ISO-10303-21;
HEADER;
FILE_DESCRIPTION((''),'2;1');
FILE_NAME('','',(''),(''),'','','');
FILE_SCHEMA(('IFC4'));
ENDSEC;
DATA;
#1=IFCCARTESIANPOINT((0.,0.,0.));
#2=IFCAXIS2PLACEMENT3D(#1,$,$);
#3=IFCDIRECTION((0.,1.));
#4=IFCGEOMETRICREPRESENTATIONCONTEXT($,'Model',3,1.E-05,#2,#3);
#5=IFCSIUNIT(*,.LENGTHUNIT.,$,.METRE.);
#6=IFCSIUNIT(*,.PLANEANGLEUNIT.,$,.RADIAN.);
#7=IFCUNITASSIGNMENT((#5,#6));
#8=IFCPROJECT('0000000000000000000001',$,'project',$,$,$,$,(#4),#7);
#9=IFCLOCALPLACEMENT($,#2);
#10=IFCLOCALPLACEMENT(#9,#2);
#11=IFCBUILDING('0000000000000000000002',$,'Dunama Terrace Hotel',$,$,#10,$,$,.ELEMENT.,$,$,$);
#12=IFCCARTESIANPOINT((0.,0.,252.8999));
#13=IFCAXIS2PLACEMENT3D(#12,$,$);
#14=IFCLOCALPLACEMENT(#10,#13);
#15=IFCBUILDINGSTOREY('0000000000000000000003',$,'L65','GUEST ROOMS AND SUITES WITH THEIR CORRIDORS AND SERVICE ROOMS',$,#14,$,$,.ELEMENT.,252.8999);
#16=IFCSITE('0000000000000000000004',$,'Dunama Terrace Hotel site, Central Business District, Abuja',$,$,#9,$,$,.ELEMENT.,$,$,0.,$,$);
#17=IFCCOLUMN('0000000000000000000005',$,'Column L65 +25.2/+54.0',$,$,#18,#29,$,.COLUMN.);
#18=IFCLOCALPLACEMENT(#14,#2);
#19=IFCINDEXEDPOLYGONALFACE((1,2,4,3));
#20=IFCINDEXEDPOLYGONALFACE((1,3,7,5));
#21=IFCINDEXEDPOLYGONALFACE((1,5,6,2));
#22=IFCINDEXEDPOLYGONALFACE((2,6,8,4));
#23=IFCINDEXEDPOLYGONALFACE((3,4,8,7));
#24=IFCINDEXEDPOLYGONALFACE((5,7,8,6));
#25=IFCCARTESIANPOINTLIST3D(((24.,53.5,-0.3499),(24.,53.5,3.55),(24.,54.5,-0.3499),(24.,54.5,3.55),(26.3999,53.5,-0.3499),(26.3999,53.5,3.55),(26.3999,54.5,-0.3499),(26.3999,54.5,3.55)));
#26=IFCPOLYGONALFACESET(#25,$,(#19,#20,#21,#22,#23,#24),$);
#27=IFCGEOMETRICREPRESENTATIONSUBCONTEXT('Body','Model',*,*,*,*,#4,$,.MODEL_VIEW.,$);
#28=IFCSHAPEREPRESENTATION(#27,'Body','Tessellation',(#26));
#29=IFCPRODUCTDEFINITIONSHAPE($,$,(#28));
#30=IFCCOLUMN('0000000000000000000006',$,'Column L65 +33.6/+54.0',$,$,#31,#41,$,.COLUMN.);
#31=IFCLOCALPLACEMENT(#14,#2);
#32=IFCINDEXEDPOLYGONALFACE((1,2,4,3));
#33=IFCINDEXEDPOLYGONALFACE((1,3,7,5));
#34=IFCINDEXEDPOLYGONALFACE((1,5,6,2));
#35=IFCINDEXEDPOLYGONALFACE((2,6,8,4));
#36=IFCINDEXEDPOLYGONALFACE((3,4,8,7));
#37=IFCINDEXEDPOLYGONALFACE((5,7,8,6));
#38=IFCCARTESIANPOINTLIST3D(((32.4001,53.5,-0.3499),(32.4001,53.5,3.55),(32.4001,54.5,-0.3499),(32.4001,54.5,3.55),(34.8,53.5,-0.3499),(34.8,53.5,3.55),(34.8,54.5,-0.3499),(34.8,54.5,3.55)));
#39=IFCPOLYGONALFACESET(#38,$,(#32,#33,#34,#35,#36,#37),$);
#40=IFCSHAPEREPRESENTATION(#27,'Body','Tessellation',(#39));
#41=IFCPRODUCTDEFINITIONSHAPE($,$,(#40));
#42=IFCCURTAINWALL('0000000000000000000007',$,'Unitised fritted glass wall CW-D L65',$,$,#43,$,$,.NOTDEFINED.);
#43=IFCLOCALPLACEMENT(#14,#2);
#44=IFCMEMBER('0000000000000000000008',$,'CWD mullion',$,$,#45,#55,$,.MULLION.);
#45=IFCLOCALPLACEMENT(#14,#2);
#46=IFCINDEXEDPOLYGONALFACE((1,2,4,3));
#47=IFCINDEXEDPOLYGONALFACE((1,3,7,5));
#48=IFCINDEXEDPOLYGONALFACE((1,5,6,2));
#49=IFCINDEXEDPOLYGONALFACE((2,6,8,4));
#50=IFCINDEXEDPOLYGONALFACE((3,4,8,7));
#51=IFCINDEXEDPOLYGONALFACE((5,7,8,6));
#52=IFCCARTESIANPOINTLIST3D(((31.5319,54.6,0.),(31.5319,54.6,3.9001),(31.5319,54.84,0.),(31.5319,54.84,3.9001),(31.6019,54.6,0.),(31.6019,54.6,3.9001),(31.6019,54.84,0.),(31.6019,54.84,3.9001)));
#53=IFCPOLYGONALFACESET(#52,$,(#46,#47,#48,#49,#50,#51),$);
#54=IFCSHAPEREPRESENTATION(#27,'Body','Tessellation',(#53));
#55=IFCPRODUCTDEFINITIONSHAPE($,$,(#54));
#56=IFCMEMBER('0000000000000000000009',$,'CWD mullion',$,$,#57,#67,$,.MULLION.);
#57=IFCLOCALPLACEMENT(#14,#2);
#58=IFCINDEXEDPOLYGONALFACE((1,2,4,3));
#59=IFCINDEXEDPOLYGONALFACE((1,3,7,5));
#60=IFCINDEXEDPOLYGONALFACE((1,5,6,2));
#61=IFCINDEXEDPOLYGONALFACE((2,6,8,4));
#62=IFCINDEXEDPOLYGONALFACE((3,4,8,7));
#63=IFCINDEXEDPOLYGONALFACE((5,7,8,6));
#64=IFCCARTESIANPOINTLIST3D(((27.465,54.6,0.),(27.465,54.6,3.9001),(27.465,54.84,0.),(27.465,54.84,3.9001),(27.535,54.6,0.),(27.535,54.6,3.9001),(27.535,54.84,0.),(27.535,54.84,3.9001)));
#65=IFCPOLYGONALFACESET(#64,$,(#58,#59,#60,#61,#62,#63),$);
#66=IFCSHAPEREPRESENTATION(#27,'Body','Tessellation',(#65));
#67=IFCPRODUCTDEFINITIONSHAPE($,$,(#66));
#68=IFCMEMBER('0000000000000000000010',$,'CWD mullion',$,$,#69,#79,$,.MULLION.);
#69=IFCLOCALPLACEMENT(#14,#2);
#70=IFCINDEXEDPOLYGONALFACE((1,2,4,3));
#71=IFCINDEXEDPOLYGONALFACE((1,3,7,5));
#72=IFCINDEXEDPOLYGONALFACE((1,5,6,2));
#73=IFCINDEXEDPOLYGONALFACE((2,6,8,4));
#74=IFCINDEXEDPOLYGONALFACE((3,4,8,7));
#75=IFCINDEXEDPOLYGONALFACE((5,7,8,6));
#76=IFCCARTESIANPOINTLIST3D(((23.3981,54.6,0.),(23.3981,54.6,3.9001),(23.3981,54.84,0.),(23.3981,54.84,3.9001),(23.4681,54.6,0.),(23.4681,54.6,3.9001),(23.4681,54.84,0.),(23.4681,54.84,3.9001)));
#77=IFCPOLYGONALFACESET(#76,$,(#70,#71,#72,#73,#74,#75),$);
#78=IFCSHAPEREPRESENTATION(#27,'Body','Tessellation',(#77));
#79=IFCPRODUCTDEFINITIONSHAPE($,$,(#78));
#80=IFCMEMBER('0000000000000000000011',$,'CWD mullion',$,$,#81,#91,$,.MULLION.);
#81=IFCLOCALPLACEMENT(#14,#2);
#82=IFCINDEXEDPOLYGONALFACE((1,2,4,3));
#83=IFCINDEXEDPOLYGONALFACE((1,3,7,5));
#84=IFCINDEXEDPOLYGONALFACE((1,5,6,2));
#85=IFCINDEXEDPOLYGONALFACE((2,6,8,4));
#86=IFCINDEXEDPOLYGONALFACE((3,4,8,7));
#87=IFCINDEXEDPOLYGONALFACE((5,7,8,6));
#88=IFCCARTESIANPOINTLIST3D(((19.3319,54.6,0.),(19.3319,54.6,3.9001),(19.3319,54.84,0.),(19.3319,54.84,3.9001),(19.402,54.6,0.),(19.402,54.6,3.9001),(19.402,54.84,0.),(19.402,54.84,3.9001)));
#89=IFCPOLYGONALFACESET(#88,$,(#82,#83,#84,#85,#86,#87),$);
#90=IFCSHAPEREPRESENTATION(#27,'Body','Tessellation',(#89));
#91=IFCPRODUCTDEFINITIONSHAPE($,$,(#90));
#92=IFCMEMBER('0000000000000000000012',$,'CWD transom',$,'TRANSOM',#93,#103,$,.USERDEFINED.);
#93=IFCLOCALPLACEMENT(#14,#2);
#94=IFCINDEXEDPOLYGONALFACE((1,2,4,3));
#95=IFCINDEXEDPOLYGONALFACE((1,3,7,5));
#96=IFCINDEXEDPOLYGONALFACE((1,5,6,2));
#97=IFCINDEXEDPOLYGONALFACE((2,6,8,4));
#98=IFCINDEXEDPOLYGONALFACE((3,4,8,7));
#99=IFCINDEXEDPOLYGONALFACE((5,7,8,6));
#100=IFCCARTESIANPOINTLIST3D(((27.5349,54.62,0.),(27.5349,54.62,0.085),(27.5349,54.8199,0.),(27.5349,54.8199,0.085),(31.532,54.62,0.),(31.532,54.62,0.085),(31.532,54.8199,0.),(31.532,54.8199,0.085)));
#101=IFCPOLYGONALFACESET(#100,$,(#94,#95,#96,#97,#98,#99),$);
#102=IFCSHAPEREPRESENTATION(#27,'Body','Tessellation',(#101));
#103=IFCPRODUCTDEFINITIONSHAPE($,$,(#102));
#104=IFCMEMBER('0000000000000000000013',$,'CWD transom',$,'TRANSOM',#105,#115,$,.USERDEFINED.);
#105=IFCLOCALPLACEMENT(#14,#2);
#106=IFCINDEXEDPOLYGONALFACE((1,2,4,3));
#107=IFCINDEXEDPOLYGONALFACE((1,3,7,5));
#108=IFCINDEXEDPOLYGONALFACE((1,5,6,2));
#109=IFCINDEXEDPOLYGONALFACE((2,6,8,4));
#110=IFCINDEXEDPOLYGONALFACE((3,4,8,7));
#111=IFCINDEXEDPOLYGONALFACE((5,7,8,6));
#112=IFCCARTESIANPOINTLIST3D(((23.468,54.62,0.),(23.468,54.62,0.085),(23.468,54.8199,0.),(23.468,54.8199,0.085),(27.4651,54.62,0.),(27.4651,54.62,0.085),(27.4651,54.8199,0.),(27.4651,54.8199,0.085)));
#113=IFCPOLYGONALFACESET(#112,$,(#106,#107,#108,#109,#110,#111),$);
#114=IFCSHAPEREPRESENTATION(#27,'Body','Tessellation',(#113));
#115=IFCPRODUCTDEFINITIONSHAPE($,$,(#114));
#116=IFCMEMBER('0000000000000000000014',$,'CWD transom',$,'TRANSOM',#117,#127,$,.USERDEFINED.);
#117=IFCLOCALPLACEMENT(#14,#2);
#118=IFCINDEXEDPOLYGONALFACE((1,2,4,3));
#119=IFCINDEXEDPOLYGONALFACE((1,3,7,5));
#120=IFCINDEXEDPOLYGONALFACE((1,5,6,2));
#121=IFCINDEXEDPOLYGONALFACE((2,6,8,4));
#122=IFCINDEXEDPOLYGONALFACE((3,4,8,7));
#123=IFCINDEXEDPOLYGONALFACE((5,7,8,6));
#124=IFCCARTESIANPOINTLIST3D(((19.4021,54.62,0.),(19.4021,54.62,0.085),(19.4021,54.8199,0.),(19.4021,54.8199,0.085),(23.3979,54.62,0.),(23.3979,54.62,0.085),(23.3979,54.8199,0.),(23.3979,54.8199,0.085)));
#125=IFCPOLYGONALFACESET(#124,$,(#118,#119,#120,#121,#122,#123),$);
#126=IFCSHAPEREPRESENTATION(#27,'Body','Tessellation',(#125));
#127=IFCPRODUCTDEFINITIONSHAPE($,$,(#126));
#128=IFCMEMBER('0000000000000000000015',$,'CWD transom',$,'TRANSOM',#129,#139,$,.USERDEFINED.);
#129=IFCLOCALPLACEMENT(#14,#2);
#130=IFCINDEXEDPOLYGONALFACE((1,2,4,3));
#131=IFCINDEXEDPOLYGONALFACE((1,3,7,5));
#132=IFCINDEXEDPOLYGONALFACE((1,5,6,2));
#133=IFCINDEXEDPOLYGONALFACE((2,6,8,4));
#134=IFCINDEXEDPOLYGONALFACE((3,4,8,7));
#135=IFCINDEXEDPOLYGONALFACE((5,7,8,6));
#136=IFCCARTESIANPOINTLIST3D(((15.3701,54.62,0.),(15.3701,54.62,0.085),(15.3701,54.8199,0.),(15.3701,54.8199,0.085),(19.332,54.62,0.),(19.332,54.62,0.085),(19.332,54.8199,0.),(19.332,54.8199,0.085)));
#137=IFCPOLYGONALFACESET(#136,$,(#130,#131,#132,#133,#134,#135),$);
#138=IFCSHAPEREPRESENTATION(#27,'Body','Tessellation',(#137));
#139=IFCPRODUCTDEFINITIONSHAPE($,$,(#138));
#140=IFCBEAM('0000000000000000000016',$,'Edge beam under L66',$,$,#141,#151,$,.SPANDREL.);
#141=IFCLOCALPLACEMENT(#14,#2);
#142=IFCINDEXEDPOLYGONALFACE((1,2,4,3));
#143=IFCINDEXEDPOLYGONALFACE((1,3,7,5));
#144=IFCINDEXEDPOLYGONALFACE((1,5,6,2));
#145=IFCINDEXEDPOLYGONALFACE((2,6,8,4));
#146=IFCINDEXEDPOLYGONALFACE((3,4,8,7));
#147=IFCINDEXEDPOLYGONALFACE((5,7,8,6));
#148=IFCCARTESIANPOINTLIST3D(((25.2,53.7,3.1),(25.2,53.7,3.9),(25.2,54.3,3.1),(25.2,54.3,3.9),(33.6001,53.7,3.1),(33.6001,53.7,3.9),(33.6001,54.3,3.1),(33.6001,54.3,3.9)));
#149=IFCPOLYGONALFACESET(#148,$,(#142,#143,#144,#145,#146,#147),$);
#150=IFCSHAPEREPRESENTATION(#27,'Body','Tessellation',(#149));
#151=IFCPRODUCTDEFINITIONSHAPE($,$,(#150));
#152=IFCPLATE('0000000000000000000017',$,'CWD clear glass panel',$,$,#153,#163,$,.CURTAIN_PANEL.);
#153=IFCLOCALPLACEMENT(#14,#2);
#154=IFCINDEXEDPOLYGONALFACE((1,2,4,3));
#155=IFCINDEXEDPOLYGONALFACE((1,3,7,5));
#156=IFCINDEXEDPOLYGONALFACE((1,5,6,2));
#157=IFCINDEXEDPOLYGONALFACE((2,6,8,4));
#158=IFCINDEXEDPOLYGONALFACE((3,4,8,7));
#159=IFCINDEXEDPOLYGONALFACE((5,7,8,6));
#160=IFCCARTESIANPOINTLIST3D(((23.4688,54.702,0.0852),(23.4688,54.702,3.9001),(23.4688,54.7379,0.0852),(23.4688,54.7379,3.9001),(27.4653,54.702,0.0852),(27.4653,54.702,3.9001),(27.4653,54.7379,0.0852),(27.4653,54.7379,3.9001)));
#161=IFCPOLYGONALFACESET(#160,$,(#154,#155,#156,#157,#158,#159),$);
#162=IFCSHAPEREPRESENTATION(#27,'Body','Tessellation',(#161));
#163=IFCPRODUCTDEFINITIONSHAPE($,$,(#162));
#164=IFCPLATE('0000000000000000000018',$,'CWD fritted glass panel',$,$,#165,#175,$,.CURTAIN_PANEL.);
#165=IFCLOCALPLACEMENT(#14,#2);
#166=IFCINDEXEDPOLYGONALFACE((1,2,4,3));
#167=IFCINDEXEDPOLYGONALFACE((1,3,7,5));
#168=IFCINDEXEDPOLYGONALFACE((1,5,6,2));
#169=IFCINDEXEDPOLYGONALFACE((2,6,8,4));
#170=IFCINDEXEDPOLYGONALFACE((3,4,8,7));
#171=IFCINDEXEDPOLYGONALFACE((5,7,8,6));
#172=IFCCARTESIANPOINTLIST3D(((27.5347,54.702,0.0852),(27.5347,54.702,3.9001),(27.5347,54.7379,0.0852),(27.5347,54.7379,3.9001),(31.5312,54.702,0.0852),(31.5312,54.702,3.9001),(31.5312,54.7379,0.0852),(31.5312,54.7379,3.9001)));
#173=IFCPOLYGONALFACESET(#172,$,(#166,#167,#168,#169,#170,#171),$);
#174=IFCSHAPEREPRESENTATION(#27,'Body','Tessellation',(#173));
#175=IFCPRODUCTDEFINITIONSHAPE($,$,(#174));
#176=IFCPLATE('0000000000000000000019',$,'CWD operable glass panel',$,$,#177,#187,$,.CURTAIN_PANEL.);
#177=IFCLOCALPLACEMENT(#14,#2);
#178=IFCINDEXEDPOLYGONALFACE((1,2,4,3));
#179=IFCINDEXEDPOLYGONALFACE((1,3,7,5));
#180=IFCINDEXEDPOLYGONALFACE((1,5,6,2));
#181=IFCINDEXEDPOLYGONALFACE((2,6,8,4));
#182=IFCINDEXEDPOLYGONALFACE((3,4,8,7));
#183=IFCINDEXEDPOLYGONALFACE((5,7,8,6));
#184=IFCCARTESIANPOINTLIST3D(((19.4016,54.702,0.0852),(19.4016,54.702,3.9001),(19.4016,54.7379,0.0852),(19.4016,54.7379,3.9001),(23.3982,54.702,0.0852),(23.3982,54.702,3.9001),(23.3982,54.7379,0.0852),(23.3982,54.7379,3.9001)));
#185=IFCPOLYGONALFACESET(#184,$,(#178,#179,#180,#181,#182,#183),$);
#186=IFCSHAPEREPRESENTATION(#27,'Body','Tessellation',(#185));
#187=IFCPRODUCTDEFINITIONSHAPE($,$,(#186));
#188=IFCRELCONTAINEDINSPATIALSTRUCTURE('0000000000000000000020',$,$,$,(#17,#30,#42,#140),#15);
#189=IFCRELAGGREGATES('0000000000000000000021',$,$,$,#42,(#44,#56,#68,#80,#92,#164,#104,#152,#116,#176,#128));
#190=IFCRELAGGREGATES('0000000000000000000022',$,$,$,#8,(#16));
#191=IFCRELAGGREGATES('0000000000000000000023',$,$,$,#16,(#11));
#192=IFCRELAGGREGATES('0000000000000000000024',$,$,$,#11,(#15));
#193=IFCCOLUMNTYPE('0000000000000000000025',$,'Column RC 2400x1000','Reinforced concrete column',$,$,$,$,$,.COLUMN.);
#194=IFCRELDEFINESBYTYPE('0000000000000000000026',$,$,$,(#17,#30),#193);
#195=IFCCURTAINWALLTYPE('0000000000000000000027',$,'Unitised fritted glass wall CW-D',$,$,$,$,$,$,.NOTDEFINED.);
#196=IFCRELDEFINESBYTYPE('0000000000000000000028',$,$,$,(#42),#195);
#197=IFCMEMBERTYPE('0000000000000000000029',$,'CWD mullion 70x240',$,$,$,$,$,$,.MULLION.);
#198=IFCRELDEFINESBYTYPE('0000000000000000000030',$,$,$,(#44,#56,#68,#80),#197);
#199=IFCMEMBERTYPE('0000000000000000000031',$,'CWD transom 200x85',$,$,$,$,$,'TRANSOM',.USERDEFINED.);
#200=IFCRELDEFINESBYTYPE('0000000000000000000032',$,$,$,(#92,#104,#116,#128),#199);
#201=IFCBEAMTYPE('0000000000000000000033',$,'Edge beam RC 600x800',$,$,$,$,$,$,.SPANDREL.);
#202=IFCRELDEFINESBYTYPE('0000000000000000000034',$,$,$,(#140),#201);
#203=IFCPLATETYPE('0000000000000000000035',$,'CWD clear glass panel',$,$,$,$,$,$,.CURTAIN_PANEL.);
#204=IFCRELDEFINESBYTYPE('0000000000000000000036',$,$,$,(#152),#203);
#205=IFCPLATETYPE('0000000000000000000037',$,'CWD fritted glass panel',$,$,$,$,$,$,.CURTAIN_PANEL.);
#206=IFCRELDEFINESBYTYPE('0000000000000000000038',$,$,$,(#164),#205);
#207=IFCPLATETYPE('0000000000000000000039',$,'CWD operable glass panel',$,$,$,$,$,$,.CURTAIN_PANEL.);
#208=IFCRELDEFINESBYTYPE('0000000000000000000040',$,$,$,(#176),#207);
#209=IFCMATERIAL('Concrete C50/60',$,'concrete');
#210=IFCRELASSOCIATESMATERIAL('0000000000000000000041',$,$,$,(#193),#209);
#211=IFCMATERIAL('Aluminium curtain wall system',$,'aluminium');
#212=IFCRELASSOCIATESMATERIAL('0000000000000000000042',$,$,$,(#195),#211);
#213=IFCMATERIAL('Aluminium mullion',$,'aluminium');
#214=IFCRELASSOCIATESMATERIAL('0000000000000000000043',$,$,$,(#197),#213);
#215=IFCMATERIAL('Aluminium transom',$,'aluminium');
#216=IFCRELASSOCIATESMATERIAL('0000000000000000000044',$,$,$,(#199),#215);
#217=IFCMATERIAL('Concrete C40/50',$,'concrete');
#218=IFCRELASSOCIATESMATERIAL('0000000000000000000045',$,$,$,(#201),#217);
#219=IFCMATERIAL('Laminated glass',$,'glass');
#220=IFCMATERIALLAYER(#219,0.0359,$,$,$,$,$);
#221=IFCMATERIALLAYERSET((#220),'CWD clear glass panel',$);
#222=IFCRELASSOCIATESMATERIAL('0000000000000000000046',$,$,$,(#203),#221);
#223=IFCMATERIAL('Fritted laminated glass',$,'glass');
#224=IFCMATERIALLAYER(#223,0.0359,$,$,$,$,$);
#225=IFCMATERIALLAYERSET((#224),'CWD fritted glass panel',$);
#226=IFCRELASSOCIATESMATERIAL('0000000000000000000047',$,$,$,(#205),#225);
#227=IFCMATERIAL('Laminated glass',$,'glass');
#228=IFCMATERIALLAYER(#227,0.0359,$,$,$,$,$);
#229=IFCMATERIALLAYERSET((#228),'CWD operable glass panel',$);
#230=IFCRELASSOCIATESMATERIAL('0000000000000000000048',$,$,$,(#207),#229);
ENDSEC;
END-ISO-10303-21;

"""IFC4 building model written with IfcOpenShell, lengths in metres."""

from ifc_helpers import new_model, si_unit, direction, frame, origin, origin_2d, place, context, subcontext, project, spatial, rectangle, extrude, material, layer, layer_set, material_profile, profile_set, type_object, element, aggregate, save


model = new_model("IFC4")

# Units and contexts
model_context = context("Model", 3, precision=1e-05, world=origin(), true_north=direction((0.0, 1.0)))
body_context = subcontext(model_context, "Body", "Model", "MODEL_VIEW")
ifc_project = project(units=[si_unit("LENGTHUNIT", "METRE"), si_unit("PLANEANGLEUNIT", "RADIAN")], contexts=[model_context])

# Site, building, storey
site_placement = place(None, origin())
site = spatial("IfcSite", under=ifc_project, at=site_placement, Name="Dunama Terrace Hotel site, Central Business District, Abuja", CompositionType="ELEMENT", RefElevation=0.0)
building_placement = place(site_placement, origin())
building = spatial("IfcBuilding", under=site, at=building_placement, Name="Dunama Terrace Hotel", CompositionType="ELEMENT")
storey_placement = place(building_placement, frame((0.0, 0.0, 252.8999)))
storey = spatial("IfcBuildingStorey", under=building, at=storey_placement, Name="L65", Description="GUEST ROOMS AND SUITES WITH THEIR CORRIDORS AND SERVICE ROOMS", CompositionType="ELEMENT", Elevation=252.8999)

# Columns
ifc_material_1 = material(Name="Concrete C50/60", Category="concrete")
ifc_material_profile_1 = material_profile(ifc_material_1, rectangle(XDim=2.3999, YDim=1.0, at=origin_2d()), Name="RC 2400x1000")
ifc_profile_set_1 = profile_set([ifc_material_profile_1], Name="Concrete C50/60")
column_type = type_object("IfcColumnType", Name="Column RC 2400x1000", Description="Reinforced concrete column", PredefinedType="COLUMN", material=ifc_profile_set_1)
for number, where, z_axis, x_axis, name in (
    (1, (25.2, 54.0, -0.3499), (0.0, 0.0, 1.0), (1.0, 0.0, 0.0), "Column L65 +25.2/+54.0"),
    (2, (33.6001, 54.0, -0.3499), (0.0, 0.0, 1.0), (1.0, 0.0, 0.0), "Column L65 +33.6/+54.0"),
):
    element("IfcColumn", number, at=place(storey_placement, frame(where, z_axis=z_axis, x_axis=x_axis)), inside=storey, type_object=column_type, Name=name, PredefinedType="COLUMN", context=body_context, shape_type="SweptSolid", body=[
        extrude(rectangle(XDim=2.3999, YDim=1.0, at=origin_2d()), origin(), (0.0, 0.0, 1.0), 3.8999),
    ])

# Curtain wall, members
ifc_material_2 = material(Name="Aluminium curtain wall system", Category="aluminium")
curtain_wall_type = type_object("IfcCurtainWallType", Name="Unitised fritted glass wall CW-D", PredefinedType="NOTDEFINED", material=ifc_material_2)
curtain_wall_placement = place(storey_placement, origin())
curtain_wall = element("IfcCurtainWall", 3, at=curtain_wall_placement, inside=storey, type_object=curtain_wall_type, Name="Unitised fritted glass wall CW-D L65", PredefinedType="NOTDEFINED")
ifc_material_3 = material(Name="Aluminium mullion", Category="aluminium")
ifc_material_profile_2 = material_profile(ifc_material_3, rectangle(XDim=0.0701, YDim=0.24, at=origin_2d()), Name="CWD MULLION 70X240")
ifc_profile_set_2 = profile_set([ifc_material_profile_2], Name="Aluminium mullion")
member_type_1 = type_object("IfcMemberType", Name="CWD mullion 70x240", PredefinedType="MULLION", material=ifc_profile_set_2)
member_1_placement = place(storey_placement, frame((31.5669, 54.72, 0.0), z_axis=(0.0, 0.0, 1.0), x_axis=(-1.0, 0.0, 0.0)))
member_1 = element("IfcMember", 4, at=member_1_placement, type_object=member_type_1, Name="CWD mullion", PredefinedType="MULLION", context=body_context, shape_type="SweptSolid", body=[
    extrude(rectangle(XDim=0.0701, YDim=0.24, at=origin_2d()), origin(), (0.0, 0.0, 1.0), 3.9001),
])
member_2_placement = place(storey_placement, frame((27.5, 54.72, 0.0), z_axis=(0.0, 0.0, 1.0), x_axis=(-1.0, 0.0, 0.0)))
member_2 = element("IfcMember", 5, at=member_2_placement, type_object=member_type_1, Name="CWD mullion", PredefinedType="MULLION", context=body_context, shape_type="SweptSolid", body=[
    extrude(rectangle(XDim=0.0701, YDim=0.24, at=origin_2d()), origin(), (0.0, 0.0, 1.0), 3.9001),
])
member_3_placement = place(storey_placement, frame((23.4331, 54.72, 0.0), z_axis=(0.0, 0.0, 1.0), x_axis=(-1.0, 0.0, 0.0)))
member_3 = element("IfcMember", 6, at=member_3_placement, type_object=member_type_1, Name="CWD mullion", PredefinedType="MULLION", context=body_context, shape_type="SweptSolid", body=[
    extrude(rectangle(XDim=0.0701, YDim=0.24, at=origin_2d()), origin(), (0.0, 0.0, 1.0), 3.9001),
])
member_4_placement = place(storey_placement, frame((19.3669, 54.72, 0.0), z_axis=(0.0, 0.0, 1.0), x_axis=(-1.0, 0.0, 0.0)))
member_4 = element("IfcMember", 7, at=member_4_placement, type_object=member_type_1, Name="CWD mullion", PredefinedType="MULLION", context=body_context, shape_type="SweptSolid", body=[
    extrude(rectangle(XDim=0.0701, YDim=0.24, at=origin_2d()), origin(), (0.0, 0.0, 1.0), 3.9001),
])
ifc_material_4 = material(Name="Aluminium transom", Category="aluminium")
ifc_material_profile_3 = material_profile(ifc_material_4, rectangle(XDim=0.2, YDim=0.085, at=origin_2d()), Name="CWD TRANSOM 200X85")
ifc_profile_set_3 = profile_set([ifc_material_profile_3], Name="Aluminium transom")
member_type_2 = type_object("IfcMemberType", Name="CWD transom 200x85", ElementType="TRANSOM", PredefinedType="USERDEFINED", material=ifc_profile_set_3)
member_5_placement = place(storey_placement, frame((31.532, 54.72, 0.0425), z_axis=(-1.0, 0.0, 0.0), x_axis=(0.0, -1.0, 0.0)))
member_5 = element("IfcMember", 8, at=member_5_placement, type_object=member_type_2, Name="CWD transom", ObjectType="TRANSOM", PredefinedType="USERDEFINED", context=body_context, shape_type="SweptSolid", body=[
    extrude(rectangle(XDim=0.2, YDim=0.085, at=origin_2d()), origin(), (0.0, 0.0, 1.0), 3.9971),
])
member_6_placement = place(storey_placement, frame((27.4651, 54.72, 0.0425), z_axis=(-1.0, 0.0, 0.0), x_axis=(0.0, -1.0, 0.0)))
member_6 = element("IfcMember", 9, at=member_6_placement, type_object=member_type_2, Name="CWD transom", ObjectType="TRANSOM", PredefinedType="USERDEFINED", context=body_context, shape_type="SweptSolid", body=[
    extrude(rectangle(XDim=0.2, YDim=0.085, at=origin_2d()), origin(), (0.0, 0.0, 1.0), 3.9971),
])
member_7_placement = place(storey_placement, frame((23.3979, 54.72, 0.0425), z_axis=(-1.0, 0.0, 0.0), x_axis=(0.0, -1.0, 0.0)))
member_7 = element("IfcMember", 10, at=member_7_placement, type_object=member_type_2, Name="CWD transom", ObjectType="TRANSOM", PredefinedType="USERDEFINED", context=body_context, shape_type="SweptSolid", body=[
    extrude(rectangle(XDim=0.2, YDim=0.085, at=origin_2d()), origin(), (0.0, 0.0, 1.0), 3.9958),
])
member_8_placement = place(storey_placement, frame((19.332, 54.72, 0.0425), z_axis=(-1.0, 0.0, 0.0), x_axis=(0.0, -1.0, 0.0)))
member_8 = element("IfcMember", 11, at=member_8_placement, type_object=member_type_2, Name="CWD transom", ObjectType="TRANSOM", PredefinedType="USERDEFINED", context=body_context, shape_type="SweptSolid", body=[
    extrude(rectangle(XDim=0.2, YDim=0.085, at=origin_2d()), origin(), (0.0, 0.0, 1.0), 3.9619),
])

# Beam
ifc_material_5 = material(Name="Concrete C40/50", Category="concrete")
ifc_material_profile_4 = material_profile(ifc_material_5, rectangle(XDim=0.6001, YDim=0.8, at=origin_2d()), Name="RC 600x800")
ifc_profile_set_4 = profile_set([ifc_material_profile_4], Name="Concrete C40/50")
beam_type = type_object("IfcBeamType", Name="Edge beam RC 600x800", PredefinedType="SPANDREL", material=ifc_profile_set_4)
beam_placement = place(storey_placement, frame((25.2, 54.0, 3.5), z_axis=(1.0, 0.0, 0.0), x_axis=(0.0, 1.0, 0.0)))
element("IfcBeam", 12, at=beam_placement, inside=storey, type_object=beam_type, Name="Edge beam under L66", PredefinedType="SPANDREL", context=body_context, shape_type="SweptSolid", body=[
    extrude(rectangle(XDim=0.6001, YDim=0.8, at=origin_2d()), origin(), (0.0, 0.0, 1.0), 8.4001),
])

# Plates
ifc_material_6 = material(Name="Laminated glass", Category="glass")
ifc_layer_1 = layer(ifc_material_6, 0.0359)
ifc_layer_set_1 = layer_set([ifc_layer_1], Name="CWD clear glass panel")
plate_type_1 = type_object("IfcPlateType", Name="CWD clear glass panel", PredefinedType="CURTAIN_PANEL", material=ifc_layer_set_1)
plate_1_placement = place(storey_placement, frame((25.467, 54.72, 0.0852), z_axis=(0.0, 0.0, 1.0), x_axis=(-1.0, 0.0, 0.0)))
plate_1 = element("IfcPlate", 13, at=plate_1_placement, type_object=plate_type_1, Name="CWD clear glass panel", PredefinedType="CURTAIN_PANEL", context=body_context, shape_type="SweptSolid", body=[
    extrude(rectangle(XDim=3.9966, YDim=0.0359, at=origin_2d()), origin(), (0.0, 0.0, 1.0), 3.8149),
])
ifc_material_7 = material(Name="Fritted laminated glass", Category="glass")
ifc_layer_2 = layer(ifc_material_7, 0.0359)
ifc_layer_set_2 = layer_set([ifc_layer_2], Name="CWD fritted glass panel")
plate_type_2 = type_object("IfcPlateType", Name="CWD fritted glass panel", PredefinedType="CURTAIN_PANEL", material=ifc_layer_set_2)
plate_2_placement = place(storey_placement, frame((29.533, 54.72, 0.0852), z_axis=(0.0, 0.0, 1.0), x_axis=(-1.0, 0.0, 0.0)))
plate_2 = element("IfcPlate", 14, at=plate_2_placement, type_object=plate_type_2, Name="CWD fritted glass panel", PredefinedType="CURTAIN_PANEL", context=body_context, shape_type="SweptSolid", body=[
    extrude(rectangle(XDim=3.9966, YDim=0.0359, at=origin_2d()), origin(), (0.0, 0.0, 1.0), 3.8149),
])
ifc_material_8 = material(Name="Laminated glass", Category="glass")
ifc_layer_3 = layer(ifc_material_8, 0.0359)
ifc_layer_set_3 = layer_set([ifc_layer_3], Name="CWD operable glass panel")
plate_type_3 = type_object("IfcPlateType", Name="CWD operable glass panel", PredefinedType="CURTAIN_PANEL", material=ifc_layer_set_3)
plate_3_placement = place(storey_placement, frame((21.3999, 54.72, 0.0852), z_axis=(0.0, 0.0, 1.0), x_axis=(-1.0, 0.0, 0.0)))
plate_3 = element("IfcPlate", 15, at=plate_3_placement, type_object=plate_type_3, Name="CWD operable glass panel", PredefinedType="CURTAIN_PANEL", context=body_context, shape_type="SweptSolid", body=[
    extrude(rectangle(XDim=3.9966, YDim=0.0359, at=origin_2d()), origin(), (0.0, 0.0, 1.0), 3.8149),
])
aggregate(curtain_wall, [member_1, member_2, member_3, member_4, member_5, plate_2, member_6, plate_1, member_7, plate_3, member_8])

save(model, "model.ifc")
